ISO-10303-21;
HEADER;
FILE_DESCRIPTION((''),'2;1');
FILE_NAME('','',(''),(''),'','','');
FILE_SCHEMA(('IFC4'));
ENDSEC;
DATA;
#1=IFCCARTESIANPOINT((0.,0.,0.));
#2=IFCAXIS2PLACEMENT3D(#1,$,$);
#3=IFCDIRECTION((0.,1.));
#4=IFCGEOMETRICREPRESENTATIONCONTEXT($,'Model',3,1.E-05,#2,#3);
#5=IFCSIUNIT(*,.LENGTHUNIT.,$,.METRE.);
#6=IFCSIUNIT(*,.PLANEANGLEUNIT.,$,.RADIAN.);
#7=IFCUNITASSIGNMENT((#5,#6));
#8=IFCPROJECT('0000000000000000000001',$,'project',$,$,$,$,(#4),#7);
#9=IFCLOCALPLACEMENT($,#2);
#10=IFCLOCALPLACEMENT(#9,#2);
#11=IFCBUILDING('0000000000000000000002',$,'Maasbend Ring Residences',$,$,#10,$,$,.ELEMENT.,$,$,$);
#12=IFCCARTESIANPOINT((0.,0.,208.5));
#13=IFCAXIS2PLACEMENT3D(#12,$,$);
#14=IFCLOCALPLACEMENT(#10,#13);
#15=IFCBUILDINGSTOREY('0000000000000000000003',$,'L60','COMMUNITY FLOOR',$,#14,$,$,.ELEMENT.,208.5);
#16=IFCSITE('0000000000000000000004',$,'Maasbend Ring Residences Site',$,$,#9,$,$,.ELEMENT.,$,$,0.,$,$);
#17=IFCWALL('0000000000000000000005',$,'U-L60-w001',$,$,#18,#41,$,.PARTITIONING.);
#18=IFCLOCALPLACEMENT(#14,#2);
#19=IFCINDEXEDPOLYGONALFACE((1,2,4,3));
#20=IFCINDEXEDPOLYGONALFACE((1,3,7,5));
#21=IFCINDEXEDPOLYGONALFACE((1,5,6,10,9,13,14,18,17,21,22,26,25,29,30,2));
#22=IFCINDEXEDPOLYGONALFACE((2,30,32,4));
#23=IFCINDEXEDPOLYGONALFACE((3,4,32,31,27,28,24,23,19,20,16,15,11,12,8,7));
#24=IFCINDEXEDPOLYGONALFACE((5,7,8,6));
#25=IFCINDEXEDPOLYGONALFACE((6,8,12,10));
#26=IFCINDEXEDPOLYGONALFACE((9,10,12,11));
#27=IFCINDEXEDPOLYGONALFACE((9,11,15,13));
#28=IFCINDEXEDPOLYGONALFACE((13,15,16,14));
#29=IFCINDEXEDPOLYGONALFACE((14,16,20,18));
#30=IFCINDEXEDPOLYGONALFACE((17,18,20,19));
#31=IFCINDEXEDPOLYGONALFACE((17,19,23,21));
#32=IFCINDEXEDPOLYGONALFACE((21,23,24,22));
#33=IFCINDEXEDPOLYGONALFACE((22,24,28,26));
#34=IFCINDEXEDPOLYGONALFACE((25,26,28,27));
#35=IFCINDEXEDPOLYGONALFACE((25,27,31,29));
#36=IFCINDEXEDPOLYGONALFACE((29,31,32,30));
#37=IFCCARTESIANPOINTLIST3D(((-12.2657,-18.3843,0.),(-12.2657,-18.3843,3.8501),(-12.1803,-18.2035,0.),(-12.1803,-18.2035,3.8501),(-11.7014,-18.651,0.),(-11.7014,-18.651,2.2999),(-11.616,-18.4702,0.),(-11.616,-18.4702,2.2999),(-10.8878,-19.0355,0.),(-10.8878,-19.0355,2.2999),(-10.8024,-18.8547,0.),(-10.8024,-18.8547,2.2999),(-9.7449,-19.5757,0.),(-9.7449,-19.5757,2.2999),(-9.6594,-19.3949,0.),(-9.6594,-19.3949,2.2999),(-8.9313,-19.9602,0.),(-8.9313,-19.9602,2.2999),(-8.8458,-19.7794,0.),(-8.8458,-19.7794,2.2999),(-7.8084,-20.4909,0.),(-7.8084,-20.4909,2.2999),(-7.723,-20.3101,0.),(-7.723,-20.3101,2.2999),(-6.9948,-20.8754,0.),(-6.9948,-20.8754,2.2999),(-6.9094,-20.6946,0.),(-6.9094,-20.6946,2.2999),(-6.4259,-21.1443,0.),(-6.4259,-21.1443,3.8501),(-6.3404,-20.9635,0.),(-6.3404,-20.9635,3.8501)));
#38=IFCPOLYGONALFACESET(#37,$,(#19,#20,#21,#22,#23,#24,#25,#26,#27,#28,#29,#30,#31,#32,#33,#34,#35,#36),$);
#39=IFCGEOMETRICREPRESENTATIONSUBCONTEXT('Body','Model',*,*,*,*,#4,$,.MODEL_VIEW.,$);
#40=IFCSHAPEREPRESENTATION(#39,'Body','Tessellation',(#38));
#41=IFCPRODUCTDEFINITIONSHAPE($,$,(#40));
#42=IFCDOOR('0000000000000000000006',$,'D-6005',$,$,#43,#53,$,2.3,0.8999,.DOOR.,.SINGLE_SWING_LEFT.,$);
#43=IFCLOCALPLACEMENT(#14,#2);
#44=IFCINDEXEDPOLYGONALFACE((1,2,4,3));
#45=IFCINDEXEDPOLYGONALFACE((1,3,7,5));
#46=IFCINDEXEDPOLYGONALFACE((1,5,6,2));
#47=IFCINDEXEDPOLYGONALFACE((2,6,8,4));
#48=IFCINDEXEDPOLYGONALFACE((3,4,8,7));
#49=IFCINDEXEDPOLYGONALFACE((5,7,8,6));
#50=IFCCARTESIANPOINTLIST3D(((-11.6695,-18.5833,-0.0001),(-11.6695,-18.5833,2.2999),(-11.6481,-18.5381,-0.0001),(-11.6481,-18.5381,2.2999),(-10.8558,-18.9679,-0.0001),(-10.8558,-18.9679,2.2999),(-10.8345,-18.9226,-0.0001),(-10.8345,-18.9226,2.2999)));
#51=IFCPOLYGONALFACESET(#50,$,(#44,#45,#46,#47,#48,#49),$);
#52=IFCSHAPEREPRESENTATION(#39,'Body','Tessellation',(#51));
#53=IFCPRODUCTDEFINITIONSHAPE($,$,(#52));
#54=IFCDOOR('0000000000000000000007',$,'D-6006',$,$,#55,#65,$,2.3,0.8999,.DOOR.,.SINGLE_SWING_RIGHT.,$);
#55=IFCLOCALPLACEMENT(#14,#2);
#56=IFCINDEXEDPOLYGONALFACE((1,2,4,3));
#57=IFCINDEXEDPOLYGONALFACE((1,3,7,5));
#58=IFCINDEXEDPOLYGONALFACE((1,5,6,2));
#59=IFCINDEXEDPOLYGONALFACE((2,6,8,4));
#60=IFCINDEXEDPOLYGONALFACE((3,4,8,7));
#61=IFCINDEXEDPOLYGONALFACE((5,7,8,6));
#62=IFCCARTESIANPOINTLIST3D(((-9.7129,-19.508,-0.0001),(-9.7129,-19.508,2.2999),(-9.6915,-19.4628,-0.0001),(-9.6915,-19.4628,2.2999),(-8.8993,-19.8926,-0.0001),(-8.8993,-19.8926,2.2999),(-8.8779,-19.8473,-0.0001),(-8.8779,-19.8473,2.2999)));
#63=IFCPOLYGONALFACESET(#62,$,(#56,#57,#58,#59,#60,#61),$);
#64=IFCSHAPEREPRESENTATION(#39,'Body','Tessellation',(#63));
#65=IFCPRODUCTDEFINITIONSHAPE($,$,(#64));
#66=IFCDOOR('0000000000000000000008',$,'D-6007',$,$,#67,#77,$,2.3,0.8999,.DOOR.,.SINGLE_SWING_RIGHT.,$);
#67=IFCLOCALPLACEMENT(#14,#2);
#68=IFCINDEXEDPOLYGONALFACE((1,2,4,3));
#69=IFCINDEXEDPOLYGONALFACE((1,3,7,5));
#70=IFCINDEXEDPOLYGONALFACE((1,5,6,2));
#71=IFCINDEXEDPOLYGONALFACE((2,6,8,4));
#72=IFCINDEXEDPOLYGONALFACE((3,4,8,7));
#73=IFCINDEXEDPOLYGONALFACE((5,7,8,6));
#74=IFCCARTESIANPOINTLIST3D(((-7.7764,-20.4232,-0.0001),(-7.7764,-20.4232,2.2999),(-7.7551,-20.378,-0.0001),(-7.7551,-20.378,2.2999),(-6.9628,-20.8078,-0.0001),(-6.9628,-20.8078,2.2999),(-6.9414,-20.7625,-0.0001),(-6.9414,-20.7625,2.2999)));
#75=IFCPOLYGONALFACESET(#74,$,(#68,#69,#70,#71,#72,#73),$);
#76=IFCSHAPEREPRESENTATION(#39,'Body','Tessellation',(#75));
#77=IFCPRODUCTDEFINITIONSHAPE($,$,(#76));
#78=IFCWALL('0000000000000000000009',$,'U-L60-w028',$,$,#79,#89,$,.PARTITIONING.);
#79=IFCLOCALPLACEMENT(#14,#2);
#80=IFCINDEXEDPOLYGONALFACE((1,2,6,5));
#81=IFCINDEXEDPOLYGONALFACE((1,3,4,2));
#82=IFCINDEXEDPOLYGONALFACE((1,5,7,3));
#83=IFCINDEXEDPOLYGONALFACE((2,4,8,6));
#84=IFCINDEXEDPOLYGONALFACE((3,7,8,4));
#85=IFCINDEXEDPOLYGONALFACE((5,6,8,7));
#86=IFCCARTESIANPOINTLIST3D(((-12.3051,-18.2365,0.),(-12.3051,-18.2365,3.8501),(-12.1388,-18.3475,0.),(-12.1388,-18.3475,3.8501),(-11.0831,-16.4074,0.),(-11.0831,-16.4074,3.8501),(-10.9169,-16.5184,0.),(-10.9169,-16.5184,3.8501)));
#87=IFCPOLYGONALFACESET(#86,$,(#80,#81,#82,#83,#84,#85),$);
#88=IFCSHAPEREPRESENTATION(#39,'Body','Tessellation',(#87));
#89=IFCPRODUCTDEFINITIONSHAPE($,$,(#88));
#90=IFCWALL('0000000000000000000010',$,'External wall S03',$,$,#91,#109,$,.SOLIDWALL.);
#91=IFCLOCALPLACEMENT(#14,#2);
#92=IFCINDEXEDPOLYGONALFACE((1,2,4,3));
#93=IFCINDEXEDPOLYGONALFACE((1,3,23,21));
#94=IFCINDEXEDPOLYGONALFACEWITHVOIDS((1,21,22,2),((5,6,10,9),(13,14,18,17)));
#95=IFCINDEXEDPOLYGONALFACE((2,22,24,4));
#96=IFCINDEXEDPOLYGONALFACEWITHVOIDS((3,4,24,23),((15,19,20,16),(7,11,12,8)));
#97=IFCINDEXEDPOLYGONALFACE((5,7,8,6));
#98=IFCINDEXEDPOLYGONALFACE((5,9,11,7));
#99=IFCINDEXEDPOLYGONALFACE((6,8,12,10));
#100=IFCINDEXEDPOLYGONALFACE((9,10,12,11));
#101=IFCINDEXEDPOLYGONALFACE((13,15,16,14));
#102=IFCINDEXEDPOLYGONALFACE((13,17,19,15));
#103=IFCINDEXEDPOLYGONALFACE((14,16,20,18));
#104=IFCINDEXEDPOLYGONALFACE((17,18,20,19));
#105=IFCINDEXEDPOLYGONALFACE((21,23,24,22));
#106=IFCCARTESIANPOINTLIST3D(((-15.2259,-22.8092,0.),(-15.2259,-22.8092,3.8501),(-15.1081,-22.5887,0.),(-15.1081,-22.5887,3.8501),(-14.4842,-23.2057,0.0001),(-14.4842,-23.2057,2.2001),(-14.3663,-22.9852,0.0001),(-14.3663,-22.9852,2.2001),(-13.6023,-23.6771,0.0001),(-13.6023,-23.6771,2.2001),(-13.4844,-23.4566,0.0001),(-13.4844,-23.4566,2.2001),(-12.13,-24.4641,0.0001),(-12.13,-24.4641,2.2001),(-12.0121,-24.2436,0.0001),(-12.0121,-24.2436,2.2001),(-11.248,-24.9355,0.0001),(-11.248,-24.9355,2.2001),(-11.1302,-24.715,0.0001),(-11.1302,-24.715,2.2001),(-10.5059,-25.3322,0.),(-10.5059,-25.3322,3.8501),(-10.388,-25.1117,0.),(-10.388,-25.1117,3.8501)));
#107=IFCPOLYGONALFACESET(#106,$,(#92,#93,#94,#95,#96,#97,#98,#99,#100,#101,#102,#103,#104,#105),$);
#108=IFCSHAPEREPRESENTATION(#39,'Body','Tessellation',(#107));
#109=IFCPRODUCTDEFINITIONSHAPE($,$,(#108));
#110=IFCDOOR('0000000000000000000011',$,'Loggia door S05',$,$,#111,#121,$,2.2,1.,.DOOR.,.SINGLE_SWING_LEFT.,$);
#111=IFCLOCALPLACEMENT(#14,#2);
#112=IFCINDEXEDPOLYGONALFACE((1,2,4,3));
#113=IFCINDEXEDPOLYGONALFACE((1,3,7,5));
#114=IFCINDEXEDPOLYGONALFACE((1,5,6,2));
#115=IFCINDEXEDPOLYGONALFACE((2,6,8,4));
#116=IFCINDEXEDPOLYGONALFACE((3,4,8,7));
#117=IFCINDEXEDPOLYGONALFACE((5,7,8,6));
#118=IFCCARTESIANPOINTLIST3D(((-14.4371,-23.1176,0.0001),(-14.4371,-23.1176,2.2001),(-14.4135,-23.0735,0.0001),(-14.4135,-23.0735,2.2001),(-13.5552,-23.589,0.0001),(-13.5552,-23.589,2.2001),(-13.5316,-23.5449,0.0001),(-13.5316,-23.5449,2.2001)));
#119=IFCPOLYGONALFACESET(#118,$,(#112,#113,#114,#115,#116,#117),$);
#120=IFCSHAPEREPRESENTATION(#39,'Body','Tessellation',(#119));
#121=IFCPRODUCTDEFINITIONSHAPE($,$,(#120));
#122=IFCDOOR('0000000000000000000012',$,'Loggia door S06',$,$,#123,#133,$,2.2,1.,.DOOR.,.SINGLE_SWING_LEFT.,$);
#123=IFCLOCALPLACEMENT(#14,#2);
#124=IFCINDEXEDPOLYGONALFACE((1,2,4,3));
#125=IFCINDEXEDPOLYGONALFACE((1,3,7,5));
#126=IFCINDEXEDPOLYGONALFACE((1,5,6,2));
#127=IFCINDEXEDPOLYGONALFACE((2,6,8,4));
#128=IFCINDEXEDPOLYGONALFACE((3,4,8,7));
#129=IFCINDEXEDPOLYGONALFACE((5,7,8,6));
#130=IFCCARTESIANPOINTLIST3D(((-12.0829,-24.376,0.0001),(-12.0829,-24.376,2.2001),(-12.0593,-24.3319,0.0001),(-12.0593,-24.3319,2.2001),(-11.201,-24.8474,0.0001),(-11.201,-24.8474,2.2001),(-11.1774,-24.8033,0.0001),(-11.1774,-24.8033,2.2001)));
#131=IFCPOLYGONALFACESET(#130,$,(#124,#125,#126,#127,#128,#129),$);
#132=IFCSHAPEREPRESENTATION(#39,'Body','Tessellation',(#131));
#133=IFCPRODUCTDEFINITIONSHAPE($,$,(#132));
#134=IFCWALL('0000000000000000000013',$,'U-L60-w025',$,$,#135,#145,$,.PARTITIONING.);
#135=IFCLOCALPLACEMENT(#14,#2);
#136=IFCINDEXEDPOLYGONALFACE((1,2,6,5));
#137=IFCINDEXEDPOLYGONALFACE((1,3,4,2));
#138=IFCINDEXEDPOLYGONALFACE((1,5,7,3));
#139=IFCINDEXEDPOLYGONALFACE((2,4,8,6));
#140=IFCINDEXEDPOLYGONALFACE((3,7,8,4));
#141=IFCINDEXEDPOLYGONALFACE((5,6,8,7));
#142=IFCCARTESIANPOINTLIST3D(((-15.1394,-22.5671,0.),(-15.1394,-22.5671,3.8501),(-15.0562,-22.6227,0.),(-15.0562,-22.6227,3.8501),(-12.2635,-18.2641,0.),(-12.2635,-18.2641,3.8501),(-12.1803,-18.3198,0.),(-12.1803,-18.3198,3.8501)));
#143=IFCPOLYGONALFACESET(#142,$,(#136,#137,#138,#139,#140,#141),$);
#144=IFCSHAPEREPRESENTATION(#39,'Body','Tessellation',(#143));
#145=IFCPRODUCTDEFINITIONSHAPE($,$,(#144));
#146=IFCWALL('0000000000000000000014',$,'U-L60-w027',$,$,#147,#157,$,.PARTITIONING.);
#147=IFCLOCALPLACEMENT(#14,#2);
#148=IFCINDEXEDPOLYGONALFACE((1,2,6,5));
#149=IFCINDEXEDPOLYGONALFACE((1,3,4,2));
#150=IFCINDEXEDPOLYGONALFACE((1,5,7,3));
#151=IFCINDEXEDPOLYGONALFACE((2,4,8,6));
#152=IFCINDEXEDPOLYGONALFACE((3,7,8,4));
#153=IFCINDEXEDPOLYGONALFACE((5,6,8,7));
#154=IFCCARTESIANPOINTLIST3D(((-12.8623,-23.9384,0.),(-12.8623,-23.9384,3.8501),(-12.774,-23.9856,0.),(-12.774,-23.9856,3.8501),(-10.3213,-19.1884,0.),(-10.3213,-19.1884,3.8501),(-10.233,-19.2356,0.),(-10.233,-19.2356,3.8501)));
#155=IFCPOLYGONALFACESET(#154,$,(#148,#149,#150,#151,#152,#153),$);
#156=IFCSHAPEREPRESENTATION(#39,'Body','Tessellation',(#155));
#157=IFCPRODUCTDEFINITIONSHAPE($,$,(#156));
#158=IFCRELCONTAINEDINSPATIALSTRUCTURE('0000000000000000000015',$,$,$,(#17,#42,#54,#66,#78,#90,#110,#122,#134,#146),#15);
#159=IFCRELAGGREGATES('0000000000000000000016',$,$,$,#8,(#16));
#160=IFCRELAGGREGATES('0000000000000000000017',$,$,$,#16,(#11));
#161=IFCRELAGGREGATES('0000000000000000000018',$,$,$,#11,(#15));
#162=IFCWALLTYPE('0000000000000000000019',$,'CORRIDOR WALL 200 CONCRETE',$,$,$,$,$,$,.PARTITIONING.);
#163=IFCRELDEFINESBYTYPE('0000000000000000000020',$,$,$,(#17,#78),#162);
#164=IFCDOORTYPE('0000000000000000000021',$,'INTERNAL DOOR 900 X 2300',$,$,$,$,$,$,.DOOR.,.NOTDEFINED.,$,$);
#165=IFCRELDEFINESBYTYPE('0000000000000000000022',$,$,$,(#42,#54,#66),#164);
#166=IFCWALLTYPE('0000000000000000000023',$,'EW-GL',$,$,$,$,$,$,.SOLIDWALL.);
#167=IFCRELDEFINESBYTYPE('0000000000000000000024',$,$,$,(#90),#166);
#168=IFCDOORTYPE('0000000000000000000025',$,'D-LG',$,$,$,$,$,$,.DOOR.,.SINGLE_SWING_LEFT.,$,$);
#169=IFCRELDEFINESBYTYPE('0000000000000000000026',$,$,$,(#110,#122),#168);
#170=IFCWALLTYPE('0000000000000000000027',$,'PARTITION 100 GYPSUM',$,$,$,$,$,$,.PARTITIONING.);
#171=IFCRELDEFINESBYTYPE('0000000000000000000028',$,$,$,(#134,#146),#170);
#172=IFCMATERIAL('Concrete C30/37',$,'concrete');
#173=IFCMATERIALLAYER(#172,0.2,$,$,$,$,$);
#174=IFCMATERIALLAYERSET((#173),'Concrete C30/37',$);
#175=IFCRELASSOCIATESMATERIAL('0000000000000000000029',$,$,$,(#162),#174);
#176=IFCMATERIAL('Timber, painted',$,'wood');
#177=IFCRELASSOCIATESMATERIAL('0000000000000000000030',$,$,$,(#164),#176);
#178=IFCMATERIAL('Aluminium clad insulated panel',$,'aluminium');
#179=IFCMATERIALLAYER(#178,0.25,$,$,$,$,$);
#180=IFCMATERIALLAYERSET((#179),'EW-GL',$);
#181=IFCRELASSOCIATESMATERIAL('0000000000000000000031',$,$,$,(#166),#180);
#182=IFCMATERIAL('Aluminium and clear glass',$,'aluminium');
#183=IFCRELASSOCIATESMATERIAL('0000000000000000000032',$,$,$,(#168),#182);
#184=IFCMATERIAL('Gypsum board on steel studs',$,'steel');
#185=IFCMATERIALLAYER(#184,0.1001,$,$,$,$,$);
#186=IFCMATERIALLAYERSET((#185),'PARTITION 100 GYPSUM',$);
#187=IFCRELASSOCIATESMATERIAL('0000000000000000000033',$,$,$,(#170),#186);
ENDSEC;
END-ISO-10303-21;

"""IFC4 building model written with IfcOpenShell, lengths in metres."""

from ifc_helpers import new_model, si_unit, direction, frame, frame_2d, origin, place, context, subcontext, project, spatial, rectangle, extrude, material, layer, layer_set, type_object, element, fill, save


model = new_model("IFC4")

# Units and contexts
model_context = context("Model", 3, precision=1e-05, world=origin(), true_north=direction((0.0, 1.0)))
body_context = subcontext(model_context, "Body", "Model", "MODEL_VIEW")
ifc_project = project(units=[si_unit("LENGTHUNIT", "METRE"), si_unit("PLANEANGLEUNIT", "RADIAN")], contexts=[model_context])

# Site, building, storey
site_placement = place(None, origin())
site = spatial("IfcSite", under=ifc_project, at=site_placement, Name="Maasbend Ring Residences Site", CompositionType="ELEMENT", RefElevation=0.0)
building_placement = place(site_placement, origin())
building = spatial("IfcBuilding", under=site, at=building_placement, Name="Maasbend Ring Residences", CompositionType="ELEMENT")
storey_placement = place(building_placement, frame((0.0, 0.0, 208.5)))
storey = spatial("IfcBuildingStorey", under=building, at=storey_placement, Name="L60", Description="COMMUNITY FLOOR", CompositionType="ELEMENT", Elevation=208.5)

# Wall, openings, doors
ifc_material_1 = material(Name="Concrete C30/37", Category="concrete")
ifc_layer_1 = layer(ifc_material_1, 0.2)
ifc_layer_set_1 = layer_set([ifc_layer_1], Name="Concrete C30/37")
wall_type_1 = type_object("IfcWallType", Name="CORRIDOR WALL 200 CONCRETE", PredefinedType="PARTITIONING", material=ifc_layer_set_1)
wall_1_placement = place(storey_placement, frame((-12.2229, -18.2939, 0.0), z_axis=(0.0, 0.0, 1.0), x_axis=(0.904111, -0.427298, 0.0)))
wall_1 = element("IfcWall", 1, at=wall_1_placement, inside=storey, type_object=wall_type_1, Name="U-L60-w001", PredefinedType="PARTITIONING", context=body_context, shape_type="SweptSolid", body=[
    extrude(rectangle(XDim=6.4592, YDim=0.2, at=frame_2d((3.2295, 0.0))), origin(), (0.0, 0.0, 1.0), 3.8501),
])
opening_1_placement = place(wall_1_placement, frame((0.624, 0.0, 0.0)))
opening_1 = element("IfcOpeningElement", 2, at=opening_1_placement, cuts=wall_1, PredefinedType="OPENING", context=body_context, shape_type="SweptSolid", body=[
    extrude(rectangle(XDim=0.8999, YDim=2.3, at=frame_2d((0.45, 1.1499))), frame((0.0, 0.1099, 0.0), z_axis=(0.0, -1.0, 0.0), x_axis=(1.0, 0.0, 0.0)), (0.0, 0.0, 1.0), 0.22),
])
opening_2_placement = place(wall_1_placement, frame((2.7881, 0.0, 0.0)))
opening_2 = element("IfcOpeningElement", 3, at=opening_2_placement, cuts=wall_1, PredefinedType="OPENING", context=body_context, shape_type="SweptSolid", body=[
    extrude(rectangle(XDim=0.8999, YDim=2.3, at=frame_2d((0.45, 1.1499))), frame((0.0, 0.1099, 0.0), z_axis=(0.0, -1.0, 0.0), x_axis=(1.0, 0.0, 0.0)), (0.0, 0.0, 1.0), 0.22),
])
opening_3_placement = place(wall_1_placement, frame((4.9299, 0.0, 0.0)))
opening_3 = element("IfcOpeningElement", 4, at=opening_3_placement, cuts=wall_1, PredefinedType="OPENING", context=body_context, shape_type="SweptSolid", body=[
    extrude(rectangle(XDim=0.8999, YDim=2.3, at=frame_2d((0.45, 1.1499))), frame((0.0, 0.1099, 0.0), z_axis=(0.0, -1.0, 0.0), x_axis=(1.0, 0.0, 0.0)), (0.0, 0.0, 1.0), 0.22),
])
ifc_material_2 = material(Name="Timber, painted", Category="wood")
door_type_1 = type_object("IfcDoorType", Name="INTERNAL DOOR 900 X 2300", OperationType="NOTDEFINED", PredefinedType="DOOR", material=ifc_material_2)
door_1_placement = place(opening_1_placement, origin())
door_1 = element("IfcDoor", 5, at=door_1_placement, inside=storey, type_object=door_type_1, Name="D-6005", OperationType="SINGLE_SWING_LEFT", OverallHeight=2.3, OverallWidth=0.8999, PredefinedType="DOOR", context=body_context, shape_type="SweptSolid", body=[
    extrude(rectangle(XDim=0.8999, YDim=2.3, at=frame_2d((0.45, 1.1499))), frame((0.0, 0.0249, 0.0), z_axis=(0.0, -1.0, 0.0), x_axis=(1.0, 0.0, 0.0)), (0.0, 0.0, 1.0), 0.05),
])
fill(opening_1, door_1)
door_2_placement = place(opening_2_placement, origin())
door_2 = element("IfcDoor", 6, at=door_2_placement, inside=storey, type_object=door_type_1, Name="D-6006", OperationType="SINGLE_SWING_RIGHT", OverallHeight=2.3, OverallWidth=0.8999, PredefinedType="DOOR", context=body_context, shape_type="SweptSolid", body=[
    extrude(rectangle(XDim=0.8999, YDim=2.3, at=frame_2d((0.45, 1.1499))), frame((0.0, 0.0249, 0.0), z_axis=(0.0, -1.0, 0.0), x_axis=(1.0, 0.0, 0.0)), (0.0, 0.0, 1.0), 0.05),
])
fill(opening_2, door_2)
door_3_placement = place(opening_3_placement, origin())
door_3 = element("IfcDoor", 7, at=door_3_placement, inside=storey, type_object=door_type_1, Name="D-6007", OperationType="SINGLE_SWING_RIGHT", OverallHeight=2.3, OverallWidth=0.8999, PredefinedType="DOOR", context=body_context, shape_type="SweptSolid", body=[
    extrude(rectangle(XDim=0.8999, YDim=2.3, at=frame_2d((0.45, 1.1499))), frame((0.0, 0.0249, 0.0), z_axis=(0.0, -1.0, 0.0), x_axis=(1.0, 0.0, 0.0)), (0.0, 0.0, 1.0), 0.05),
])
fill(opening_3, door_3)

# Wall
wall_2_placement = place(storey_placement, frame((-12.2219, -18.292, 0.0), z_axis=(0.0, 0.0, 1.0), x_axis=(0.555494, 0.831521, 0.0)))
element("IfcWall", 8, at=wall_2_placement, inside=storey, type_object=wall_type_1, Name="U-L60-w028", PredefinedType="PARTITIONING", context=body_context, shape_type="SweptSolid", body=[
    extrude(rectangle(XDim=2.1997, YDim=0.2, at=frame_2d((1.0999, 0.0))), origin(), (0.0, 0.0, 1.0), 3.8501),
])

# Wall, openings, doors
ifc_material_3 = material(Name="Aluminium clad insulated panel", Category="aluminium")
ifc_layer_2 = layer(ifc_material_3, 0.25)
ifc_layer_set_2 = layer_set([ifc_layer_2], Name="EW-GL")
wall_type_2 = type_object("IfcWallType", Name="EW-GL", PredefinedType="SOLIDWALL", material=ifc_layer_set_2)
wall_3_placement = place(storey_placement, frame((-15.167, -22.699, 0.0), z_axis=(0.0, 0.0, 1.0), x_axis=(0.881916, -0.471407, 0.0)))
wall_3 = element("IfcWall", 9, at=wall_3_placement, inside=storey, type_object=wall_type_2, Name="External wall S03", PredefinedType="SOLIDWALL", context=body_context, shape_type="SweptSolid", body=[
    extrude(rectangle(XDim=5.3521, YDim=0.25, at=frame_2d((2.676, 0.0))), origin(), (0.0, 0.0, 1.0), 3.8501),
])
opening_4_placement = place(wall_3_placement, frame((0.8411, 0.0, 0.0)))
opening_4 = element("IfcOpeningElement", 10, at=opening_4_placement, cuts=wall_3, PredefinedType="OPENING", context=body_context, shape_type="SweptSolid", body=[
    extrude(rectangle(XDim=1.0, YDim=2.2, at=frame_2d((0.5, 1.1001))), frame((0.0, 0.135, 0.0), z_axis=(0.0, -1.0, 0.0), x_axis=(1.0, 0.0, 0.0)), (0.0, 0.0, 1.0), 0.27),
])
opening_5_placement = place(wall_3_placement, frame((3.5105, 0.0, 0.0)))
opening_5 = element("IfcOpeningElement", 11, at=opening_5_placement, cuts=wall_3, PredefinedType="OPENING", context=body_context, shape_type="SweptSolid", body=[
    extrude(rectangle(XDim=1.0, YDim=2.2, at=frame_2d((0.5, 1.1001))), frame((0.0, 0.135, 0.0), z_axis=(0.0, -1.0, 0.0), x_axis=(1.0, 0.0, 0.0)), (0.0, 0.0, 1.0), 0.27),
])
ifc_material_4 = material(Name="Aluminium and clear glass", Category="aluminium")
door_type_2 = type_object("IfcDoorType", Name="D-LG", OperationType="SINGLE_SWING_LEFT", PredefinedType="DOOR", material=ifc_material_4)
door_4_placement = place(opening_4_placement, origin())
door_4 = element("IfcDoor", 12, at=door_4_placement, inside=storey, type_object=door_type_2, Name="Loggia door S05", OperationType="SINGLE_SWING_LEFT", OverallHeight=2.2, OverallWidth=1.0, PredefinedType="DOOR", context=body_context, shape_type="SweptSolid", body=[
    extrude(rectangle(XDim=1.0, YDim=2.2, at=frame_2d((0.5, 1.1001))), frame((0.0, 0.0249, 0.0), z_axis=(0.0, -1.0, 0.0), x_axis=(1.0, 0.0, 0.0)), (0.0, 0.0, 1.0), 0.05),
])
fill(opening_4, door_4)
door_5_placement = place(opening_5_placement, origin())
door_5 = element("IfcDoor", 13, at=door_5_placement, inside=storey, type_object=door_type_2, Name="Loggia door S06", OperationType="SINGLE_SWING_LEFT", OverallHeight=2.2, OverallWidth=1.0, PredefinedType="DOOR", context=body_context, shape_type="SweptSolid", body=[
    extrude(rectangle(XDim=1.0, YDim=2.2, at=frame_2d((0.5, 1.1001))), frame((0.0, 0.0249, 0.0), z_axis=(0.0, -1.0, 0.0), x_axis=(1.0, 0.0, 0.0)), (0.0, 0.0, 1.0), 0.05),
])
fill(opening_5, door_5)

# Walls
ifc_material_5 = material(Name="Gypsum board on steel studs", Category="steel")
ifc_layer_3 = layer(ifc_material_5, 0.1001)
ifc_layer_set_3 = layer_set([ifc_layer_3], Name="PARTITION 100 GYPSUM")
wall_type_3 = type_object("IfcWallType", Name="PARTITION 100 GYPSUM", PredefinedType="PARTITIONING", material=ifc_layer_set_3)
wall_4_placement = place(storey_placement, frame((-15.0979, -22.595, 0.0), z_axis=(0.0, 0.0, 1.0), x_axis=(0.55568, 0.831397, 0.0)))
element("IfcWall", 14, at=wall_4_placement, inside=storey, type_object=wall_type_3, Name="U-L60-w025", PredefinedType="PARTITIONING", context=body_context, shape_type="SweptSolid", body=[
    extrude(rectangle(XDim=5.1755, YDim=0.1001, at=frame_2d((2.5879, 0.0))), origin(), (0.0, 0.0, 1.0), 3.8501),
])
wall_5_placement = place(storey_placement, frame((-12.8181, -23.9619, 0.0), z_axis=(0.0, 0.0, 1.0), x_axis=(0.471698, 0.88176, 0.0)))
element("IfcWall", 15, at=wall_5_placement, inside=storey, type_object=wall_type_3, Name="U-L60-w027", PredefinedType="PARTITIONING", context=body_context, shape_type="SweptSolid", body=[
    extrude(rectangle(XDim=5.387, YDim=0.1001, at=frame_2d((2.6934, 0.0))), origin(), (0.0, 0.0, 1.0), 3.8501),
])

save(model, "model.ifc")
